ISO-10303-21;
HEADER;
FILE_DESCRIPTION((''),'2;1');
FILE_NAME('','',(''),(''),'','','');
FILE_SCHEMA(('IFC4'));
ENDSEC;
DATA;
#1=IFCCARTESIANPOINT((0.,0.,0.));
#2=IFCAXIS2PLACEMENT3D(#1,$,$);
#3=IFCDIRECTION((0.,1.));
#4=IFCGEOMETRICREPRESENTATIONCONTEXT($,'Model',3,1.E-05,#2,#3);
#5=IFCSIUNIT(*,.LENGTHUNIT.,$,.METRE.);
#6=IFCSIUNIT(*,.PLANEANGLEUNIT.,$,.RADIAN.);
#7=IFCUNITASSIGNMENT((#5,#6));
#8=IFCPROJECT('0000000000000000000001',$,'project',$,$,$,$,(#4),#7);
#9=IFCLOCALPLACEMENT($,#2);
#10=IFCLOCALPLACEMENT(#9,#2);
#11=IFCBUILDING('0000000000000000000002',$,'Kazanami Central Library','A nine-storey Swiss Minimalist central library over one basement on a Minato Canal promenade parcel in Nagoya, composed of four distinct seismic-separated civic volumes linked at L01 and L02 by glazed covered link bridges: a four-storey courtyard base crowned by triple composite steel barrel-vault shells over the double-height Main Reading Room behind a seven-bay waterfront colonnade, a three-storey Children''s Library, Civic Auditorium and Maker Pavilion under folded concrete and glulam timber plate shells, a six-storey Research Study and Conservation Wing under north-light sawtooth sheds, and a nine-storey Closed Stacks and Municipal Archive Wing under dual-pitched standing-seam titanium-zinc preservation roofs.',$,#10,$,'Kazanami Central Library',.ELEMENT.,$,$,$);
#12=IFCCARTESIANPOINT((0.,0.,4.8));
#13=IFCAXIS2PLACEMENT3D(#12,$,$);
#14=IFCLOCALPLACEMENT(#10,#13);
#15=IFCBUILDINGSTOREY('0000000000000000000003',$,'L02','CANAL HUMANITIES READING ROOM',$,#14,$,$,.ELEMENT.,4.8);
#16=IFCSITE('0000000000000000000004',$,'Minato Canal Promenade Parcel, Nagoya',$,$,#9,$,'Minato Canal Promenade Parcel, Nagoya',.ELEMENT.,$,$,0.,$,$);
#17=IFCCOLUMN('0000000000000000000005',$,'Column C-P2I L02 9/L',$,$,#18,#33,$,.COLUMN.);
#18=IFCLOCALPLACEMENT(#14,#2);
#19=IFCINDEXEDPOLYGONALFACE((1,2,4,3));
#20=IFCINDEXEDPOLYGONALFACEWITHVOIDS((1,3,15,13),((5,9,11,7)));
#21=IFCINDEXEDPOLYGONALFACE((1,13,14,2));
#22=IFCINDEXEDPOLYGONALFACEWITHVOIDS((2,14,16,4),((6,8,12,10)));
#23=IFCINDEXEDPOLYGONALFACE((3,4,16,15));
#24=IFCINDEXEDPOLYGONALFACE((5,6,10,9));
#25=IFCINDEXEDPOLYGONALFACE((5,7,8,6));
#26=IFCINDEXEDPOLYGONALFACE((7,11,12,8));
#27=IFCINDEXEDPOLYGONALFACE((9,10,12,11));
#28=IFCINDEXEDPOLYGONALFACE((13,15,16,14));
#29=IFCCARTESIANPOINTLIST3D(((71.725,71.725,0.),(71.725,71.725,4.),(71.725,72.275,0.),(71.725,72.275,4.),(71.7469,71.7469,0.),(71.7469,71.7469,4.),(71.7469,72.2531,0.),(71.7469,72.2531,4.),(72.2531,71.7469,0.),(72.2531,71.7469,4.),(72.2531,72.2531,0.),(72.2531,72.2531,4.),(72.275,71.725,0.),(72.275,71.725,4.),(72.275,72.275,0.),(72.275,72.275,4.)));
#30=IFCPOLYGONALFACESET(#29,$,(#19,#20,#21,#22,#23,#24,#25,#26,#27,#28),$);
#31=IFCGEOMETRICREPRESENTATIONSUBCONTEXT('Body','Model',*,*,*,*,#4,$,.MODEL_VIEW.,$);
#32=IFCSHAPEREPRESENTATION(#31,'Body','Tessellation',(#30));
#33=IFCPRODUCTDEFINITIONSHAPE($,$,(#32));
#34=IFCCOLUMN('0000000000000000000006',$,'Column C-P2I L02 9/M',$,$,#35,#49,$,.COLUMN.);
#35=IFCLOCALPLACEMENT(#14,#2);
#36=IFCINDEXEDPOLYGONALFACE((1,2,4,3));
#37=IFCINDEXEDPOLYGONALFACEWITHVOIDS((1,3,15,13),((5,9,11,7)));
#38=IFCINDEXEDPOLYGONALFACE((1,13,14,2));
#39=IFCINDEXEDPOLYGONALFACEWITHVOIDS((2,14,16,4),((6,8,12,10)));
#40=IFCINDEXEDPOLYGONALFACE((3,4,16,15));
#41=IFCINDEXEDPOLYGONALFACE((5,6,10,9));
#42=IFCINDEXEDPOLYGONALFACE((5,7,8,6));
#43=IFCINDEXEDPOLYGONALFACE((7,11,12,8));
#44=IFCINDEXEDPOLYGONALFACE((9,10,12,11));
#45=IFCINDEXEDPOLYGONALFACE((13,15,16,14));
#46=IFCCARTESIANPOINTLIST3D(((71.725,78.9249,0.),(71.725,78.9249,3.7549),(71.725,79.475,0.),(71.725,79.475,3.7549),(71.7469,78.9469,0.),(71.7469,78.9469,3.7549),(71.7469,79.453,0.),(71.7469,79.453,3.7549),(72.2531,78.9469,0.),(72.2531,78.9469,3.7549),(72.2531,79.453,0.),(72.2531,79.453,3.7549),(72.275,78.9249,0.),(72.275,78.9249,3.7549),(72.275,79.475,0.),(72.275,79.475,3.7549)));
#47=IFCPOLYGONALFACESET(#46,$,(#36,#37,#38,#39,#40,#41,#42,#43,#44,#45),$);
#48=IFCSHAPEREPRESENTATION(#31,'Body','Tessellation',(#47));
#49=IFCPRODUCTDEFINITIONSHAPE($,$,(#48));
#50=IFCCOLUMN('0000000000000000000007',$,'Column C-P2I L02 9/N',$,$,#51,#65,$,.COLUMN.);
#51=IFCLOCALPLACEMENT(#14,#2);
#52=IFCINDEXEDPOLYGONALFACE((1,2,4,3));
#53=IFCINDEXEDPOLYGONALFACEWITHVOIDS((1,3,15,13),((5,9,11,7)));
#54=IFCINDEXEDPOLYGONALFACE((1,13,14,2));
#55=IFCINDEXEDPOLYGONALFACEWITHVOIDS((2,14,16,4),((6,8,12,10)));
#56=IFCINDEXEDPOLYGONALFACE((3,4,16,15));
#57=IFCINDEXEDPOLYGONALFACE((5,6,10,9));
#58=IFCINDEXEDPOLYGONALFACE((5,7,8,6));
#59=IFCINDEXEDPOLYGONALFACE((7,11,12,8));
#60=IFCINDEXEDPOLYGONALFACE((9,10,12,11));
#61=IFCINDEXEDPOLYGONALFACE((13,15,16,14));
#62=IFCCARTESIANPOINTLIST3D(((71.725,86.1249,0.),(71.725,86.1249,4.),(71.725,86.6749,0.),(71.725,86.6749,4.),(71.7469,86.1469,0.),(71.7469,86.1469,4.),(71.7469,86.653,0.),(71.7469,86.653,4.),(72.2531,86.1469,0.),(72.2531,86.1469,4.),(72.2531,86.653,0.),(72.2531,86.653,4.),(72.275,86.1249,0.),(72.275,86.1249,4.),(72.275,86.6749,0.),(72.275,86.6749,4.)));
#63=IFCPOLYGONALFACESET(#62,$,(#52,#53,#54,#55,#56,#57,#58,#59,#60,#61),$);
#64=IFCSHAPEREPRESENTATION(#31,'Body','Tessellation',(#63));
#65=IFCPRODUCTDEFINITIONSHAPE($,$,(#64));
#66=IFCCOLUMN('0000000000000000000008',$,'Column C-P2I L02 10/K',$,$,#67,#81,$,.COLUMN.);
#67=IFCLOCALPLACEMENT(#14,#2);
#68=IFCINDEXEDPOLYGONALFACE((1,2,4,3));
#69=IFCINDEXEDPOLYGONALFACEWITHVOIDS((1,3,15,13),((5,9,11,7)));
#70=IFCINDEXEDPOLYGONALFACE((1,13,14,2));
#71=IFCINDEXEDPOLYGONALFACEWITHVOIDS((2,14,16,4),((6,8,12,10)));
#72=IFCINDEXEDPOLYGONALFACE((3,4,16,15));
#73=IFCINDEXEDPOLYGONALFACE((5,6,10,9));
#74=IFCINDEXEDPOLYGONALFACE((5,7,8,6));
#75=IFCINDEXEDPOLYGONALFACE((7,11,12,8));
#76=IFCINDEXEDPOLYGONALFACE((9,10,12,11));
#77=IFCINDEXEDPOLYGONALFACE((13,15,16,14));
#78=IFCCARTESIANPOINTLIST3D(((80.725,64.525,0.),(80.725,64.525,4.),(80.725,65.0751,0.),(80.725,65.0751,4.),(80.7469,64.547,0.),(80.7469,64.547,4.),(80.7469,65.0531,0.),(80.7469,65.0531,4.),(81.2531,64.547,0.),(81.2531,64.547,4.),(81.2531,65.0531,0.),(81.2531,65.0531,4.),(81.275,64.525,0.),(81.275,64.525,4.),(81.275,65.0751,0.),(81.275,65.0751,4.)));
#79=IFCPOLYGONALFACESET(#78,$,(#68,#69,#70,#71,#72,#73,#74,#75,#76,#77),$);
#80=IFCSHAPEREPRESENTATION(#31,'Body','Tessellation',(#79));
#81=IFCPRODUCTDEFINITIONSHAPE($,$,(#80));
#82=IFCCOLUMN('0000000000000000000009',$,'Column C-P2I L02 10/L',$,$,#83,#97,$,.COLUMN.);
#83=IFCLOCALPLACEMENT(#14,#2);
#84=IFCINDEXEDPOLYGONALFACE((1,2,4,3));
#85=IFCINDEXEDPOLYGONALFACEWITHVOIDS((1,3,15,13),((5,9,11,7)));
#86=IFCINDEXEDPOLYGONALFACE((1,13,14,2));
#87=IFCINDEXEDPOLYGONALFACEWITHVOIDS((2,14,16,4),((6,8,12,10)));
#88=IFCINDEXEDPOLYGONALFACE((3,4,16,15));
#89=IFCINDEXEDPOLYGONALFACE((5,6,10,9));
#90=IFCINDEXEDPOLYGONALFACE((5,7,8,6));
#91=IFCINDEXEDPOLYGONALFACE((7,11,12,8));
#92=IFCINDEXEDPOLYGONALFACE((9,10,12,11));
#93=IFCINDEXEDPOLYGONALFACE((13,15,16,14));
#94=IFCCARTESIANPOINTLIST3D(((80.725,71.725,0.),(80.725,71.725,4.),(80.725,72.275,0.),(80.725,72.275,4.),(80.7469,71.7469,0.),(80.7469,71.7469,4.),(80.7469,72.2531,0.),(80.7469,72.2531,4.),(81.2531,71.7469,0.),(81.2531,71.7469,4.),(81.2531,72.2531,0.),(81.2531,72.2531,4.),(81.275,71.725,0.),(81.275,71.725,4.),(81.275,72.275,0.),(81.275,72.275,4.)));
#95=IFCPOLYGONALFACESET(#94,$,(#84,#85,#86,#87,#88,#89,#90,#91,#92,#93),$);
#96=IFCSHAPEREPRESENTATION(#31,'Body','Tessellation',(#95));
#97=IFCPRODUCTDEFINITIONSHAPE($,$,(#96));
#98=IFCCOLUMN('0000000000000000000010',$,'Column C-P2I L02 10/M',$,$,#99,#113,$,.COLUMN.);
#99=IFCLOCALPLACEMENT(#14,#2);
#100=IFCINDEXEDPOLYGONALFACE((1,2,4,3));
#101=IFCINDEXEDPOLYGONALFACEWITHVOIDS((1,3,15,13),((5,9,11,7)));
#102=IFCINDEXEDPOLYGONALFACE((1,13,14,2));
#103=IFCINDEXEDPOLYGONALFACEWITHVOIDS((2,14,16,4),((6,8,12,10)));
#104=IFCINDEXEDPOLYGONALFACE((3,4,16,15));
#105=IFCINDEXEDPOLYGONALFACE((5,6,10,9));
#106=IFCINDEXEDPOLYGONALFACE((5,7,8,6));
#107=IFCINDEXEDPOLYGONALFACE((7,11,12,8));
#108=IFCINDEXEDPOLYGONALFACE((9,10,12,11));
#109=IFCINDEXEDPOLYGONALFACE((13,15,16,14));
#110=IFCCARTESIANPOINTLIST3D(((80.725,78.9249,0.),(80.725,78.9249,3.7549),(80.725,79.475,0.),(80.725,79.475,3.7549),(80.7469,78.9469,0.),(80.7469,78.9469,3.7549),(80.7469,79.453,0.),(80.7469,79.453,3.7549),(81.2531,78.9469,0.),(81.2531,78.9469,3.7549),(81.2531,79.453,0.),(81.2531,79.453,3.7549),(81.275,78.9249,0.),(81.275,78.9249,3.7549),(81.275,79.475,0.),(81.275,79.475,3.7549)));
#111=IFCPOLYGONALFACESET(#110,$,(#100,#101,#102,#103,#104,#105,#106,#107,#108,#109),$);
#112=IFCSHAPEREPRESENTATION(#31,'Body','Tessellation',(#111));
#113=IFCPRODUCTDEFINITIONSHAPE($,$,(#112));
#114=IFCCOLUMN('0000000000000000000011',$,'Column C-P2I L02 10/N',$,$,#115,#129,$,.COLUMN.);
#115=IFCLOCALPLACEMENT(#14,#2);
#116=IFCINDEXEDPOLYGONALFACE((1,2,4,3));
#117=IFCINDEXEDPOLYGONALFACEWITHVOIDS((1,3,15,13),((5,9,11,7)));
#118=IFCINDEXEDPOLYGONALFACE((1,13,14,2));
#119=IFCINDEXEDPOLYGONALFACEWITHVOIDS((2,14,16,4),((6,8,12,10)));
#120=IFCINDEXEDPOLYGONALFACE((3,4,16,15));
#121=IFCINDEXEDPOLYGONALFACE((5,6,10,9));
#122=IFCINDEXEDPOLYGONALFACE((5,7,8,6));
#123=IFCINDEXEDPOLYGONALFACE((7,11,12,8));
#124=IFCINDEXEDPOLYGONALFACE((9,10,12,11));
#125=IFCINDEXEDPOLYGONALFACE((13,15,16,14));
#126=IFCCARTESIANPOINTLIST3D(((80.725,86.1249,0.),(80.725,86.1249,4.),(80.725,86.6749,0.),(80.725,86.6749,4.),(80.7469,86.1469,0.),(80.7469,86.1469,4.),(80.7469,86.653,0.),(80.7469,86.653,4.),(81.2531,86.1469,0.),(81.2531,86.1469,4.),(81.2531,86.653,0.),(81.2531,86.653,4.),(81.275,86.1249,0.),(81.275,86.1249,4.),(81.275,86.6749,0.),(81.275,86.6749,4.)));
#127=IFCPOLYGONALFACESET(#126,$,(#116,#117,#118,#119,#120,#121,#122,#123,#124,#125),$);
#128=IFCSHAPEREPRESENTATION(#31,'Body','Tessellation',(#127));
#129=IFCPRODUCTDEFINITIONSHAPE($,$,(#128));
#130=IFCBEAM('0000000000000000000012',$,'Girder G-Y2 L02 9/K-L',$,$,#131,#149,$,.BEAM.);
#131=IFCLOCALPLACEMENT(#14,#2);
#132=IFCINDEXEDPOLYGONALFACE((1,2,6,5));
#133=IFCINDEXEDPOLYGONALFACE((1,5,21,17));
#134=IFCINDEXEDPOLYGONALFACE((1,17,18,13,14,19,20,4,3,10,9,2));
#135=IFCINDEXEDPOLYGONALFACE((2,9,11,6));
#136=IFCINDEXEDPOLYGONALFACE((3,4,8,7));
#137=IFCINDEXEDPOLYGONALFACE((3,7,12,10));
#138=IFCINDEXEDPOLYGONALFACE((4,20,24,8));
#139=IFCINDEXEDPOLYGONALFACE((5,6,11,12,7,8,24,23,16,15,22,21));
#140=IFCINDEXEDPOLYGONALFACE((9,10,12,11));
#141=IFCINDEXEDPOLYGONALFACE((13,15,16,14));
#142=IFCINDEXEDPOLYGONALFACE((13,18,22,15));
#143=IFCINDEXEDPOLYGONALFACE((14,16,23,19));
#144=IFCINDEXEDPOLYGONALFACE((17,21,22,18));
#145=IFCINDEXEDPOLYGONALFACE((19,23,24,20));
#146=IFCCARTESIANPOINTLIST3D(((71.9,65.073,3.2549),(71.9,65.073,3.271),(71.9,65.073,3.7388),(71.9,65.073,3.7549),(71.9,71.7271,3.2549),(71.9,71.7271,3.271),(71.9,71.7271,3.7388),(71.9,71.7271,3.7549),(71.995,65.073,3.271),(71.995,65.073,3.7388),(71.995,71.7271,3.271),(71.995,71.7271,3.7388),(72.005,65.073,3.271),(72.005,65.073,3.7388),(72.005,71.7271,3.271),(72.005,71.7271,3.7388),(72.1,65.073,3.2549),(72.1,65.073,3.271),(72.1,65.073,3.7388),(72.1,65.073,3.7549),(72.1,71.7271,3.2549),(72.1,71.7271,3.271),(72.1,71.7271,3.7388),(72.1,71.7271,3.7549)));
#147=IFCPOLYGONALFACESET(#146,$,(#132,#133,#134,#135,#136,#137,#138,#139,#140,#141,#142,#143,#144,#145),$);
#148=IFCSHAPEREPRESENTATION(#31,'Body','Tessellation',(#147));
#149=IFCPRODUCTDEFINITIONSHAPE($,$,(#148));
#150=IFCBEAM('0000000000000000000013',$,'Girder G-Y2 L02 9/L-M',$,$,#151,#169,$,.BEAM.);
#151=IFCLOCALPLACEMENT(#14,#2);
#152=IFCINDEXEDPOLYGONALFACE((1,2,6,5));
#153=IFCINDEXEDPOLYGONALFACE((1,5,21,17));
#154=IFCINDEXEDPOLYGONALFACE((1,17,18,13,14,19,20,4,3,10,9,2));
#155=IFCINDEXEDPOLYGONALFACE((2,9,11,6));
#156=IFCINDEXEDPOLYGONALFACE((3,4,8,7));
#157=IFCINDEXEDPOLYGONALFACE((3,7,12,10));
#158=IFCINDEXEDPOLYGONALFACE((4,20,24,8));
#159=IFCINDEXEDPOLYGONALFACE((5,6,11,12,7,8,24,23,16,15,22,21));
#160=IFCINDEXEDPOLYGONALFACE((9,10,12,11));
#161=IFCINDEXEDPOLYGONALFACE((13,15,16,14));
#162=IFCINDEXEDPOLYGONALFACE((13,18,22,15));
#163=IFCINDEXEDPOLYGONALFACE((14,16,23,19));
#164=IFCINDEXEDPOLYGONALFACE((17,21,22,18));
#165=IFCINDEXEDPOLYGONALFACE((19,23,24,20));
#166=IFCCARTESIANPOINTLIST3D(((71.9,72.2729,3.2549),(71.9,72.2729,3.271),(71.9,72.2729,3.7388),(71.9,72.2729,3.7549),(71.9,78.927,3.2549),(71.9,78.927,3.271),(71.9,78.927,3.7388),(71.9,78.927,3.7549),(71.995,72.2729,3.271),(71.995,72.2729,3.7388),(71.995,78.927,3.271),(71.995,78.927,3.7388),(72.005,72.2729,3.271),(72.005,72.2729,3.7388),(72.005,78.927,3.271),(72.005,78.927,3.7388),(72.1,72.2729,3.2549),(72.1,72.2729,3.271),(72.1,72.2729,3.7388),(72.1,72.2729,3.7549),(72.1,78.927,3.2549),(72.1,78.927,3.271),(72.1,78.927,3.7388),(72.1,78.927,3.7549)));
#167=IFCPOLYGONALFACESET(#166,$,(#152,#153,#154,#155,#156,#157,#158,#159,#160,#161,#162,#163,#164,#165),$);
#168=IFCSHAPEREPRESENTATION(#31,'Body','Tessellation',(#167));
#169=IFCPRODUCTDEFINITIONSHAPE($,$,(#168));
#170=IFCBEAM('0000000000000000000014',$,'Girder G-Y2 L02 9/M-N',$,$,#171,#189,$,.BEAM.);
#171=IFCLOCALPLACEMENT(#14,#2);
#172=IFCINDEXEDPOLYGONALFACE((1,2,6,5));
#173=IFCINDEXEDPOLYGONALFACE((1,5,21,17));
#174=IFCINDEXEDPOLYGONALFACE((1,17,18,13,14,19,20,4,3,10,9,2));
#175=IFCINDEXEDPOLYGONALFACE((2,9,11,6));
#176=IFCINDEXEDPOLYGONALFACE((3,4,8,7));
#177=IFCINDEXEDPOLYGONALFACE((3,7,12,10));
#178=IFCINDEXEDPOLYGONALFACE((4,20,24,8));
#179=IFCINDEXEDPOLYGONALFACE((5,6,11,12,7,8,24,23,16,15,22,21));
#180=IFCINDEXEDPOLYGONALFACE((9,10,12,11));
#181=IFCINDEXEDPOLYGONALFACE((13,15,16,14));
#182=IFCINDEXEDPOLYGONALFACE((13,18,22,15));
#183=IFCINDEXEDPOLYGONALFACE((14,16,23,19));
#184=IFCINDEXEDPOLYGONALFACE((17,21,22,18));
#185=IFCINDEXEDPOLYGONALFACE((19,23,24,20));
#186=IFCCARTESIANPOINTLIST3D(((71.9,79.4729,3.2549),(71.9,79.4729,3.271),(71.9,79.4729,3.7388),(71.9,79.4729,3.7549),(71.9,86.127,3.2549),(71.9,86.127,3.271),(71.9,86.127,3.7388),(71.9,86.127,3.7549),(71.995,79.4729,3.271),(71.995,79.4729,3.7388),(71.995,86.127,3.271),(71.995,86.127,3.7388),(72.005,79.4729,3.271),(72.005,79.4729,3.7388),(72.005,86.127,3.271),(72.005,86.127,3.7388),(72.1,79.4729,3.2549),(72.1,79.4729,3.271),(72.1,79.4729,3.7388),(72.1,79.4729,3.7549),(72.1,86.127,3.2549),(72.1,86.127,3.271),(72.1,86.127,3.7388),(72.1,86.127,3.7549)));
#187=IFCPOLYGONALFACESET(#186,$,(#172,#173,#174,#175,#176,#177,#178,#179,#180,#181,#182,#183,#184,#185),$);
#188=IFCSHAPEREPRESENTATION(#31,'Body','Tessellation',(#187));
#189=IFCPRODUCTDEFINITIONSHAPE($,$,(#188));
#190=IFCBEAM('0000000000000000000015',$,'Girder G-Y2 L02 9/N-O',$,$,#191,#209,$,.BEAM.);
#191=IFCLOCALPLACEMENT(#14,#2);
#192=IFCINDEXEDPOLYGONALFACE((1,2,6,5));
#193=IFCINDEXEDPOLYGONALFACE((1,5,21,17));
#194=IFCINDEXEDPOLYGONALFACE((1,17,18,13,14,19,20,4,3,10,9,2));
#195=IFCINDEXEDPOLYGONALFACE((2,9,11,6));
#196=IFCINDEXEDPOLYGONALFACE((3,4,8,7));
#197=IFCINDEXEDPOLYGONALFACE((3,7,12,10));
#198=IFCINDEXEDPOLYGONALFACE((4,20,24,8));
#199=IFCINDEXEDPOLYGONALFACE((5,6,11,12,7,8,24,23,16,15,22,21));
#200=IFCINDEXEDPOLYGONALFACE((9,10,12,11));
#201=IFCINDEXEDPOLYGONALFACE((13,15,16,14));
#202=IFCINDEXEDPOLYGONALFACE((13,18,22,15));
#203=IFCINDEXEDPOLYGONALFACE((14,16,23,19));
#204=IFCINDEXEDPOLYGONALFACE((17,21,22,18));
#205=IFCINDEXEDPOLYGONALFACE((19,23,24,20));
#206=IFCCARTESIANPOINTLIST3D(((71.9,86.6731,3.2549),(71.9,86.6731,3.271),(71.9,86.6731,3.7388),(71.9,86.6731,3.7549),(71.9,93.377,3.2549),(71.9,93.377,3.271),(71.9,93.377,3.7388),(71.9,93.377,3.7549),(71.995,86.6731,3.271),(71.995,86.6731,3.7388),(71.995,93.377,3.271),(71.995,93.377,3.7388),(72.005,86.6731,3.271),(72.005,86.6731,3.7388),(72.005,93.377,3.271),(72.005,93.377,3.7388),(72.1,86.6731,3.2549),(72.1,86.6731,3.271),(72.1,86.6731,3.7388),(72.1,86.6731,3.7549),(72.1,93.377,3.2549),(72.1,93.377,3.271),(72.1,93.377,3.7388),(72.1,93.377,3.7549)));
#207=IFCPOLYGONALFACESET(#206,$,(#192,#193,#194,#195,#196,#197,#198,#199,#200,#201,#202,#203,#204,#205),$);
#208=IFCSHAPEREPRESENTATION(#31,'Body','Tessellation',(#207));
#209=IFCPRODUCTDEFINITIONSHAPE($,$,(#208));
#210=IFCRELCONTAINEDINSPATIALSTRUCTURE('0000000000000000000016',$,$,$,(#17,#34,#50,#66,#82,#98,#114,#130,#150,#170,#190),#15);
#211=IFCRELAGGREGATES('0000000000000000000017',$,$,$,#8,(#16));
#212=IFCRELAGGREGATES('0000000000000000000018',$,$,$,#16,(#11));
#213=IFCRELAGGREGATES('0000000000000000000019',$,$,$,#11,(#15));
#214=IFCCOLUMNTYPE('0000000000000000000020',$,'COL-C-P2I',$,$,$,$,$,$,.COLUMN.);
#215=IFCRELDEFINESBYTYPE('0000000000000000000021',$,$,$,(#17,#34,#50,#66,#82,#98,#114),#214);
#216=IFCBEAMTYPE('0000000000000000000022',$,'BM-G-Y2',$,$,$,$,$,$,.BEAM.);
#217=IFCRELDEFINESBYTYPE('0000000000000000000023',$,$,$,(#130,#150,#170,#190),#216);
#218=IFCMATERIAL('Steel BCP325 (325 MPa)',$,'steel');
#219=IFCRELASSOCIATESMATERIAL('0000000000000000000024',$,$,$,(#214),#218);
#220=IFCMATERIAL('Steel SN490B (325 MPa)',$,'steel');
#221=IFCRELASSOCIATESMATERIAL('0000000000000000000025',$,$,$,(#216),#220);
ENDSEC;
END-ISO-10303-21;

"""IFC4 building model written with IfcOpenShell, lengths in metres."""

from ifc_helpers import new_model, si_unit, direction, frame, origin, origin_2d, place, context, subcontext, project, spatial, hollow_rectangle, i_section, extrude, material, material_profile, profile_set, type_object, element, save


model = new_model("IFC4")

# Units and contexts
model_context = context("Model", 3, precision=1e-05, world=origin(), true_north=direction((0.0, 1.0)))
body_context = subcontext(model_context, "Body", "Model", "MODEL_VIEW")
ifc_project = project(units=[si_unit("LENGTHUNIT", "METRE"), si_unit("PLANEANGLEUNIT", "RADIAN")], contexts=[model_context])

# Site, building, storey
site_placement = place(None, origin())
site = spatial("IfcSite", under=ifc_project, at=site_placement, Name="Minato Canal Promenade Parcel, Nagoya", LongName="Minato Canal Promenade Parcel, Nagoya", CompositionType="ELEMENT", RefElevation=0.0)
building_placement = place(site_placement, origin())
building = spatial("IfcBuilding", under=site, at=building_placement, Name="Kazanami Central Library", Description="A nine-storey Swiss Minimalist central library over one basement on a Minato Canal promenade parcel in Nagoya, composed of four distinct seismic-separated civic volumes linked at L01 and L02 by glazed covered link bridges: a four-storey courtyard base crowned by triple composite steel barrel-vault shells over the double-height Main Reading Room behind a seven-bay waterfront colonnade, a three-storey Children's Library, Civic Auditorium and Maker Pavilion under folded concrete and glulam timber plate shells, a six-storey Research Study and Conservation Wing under north-light sawtooth sheds, and a nine-storey Closed Stacks and Municipal Archive Wing under dual-pitched standing-seam titanium-zinc preservation roofs.", LongName="Kazanami Central Library", CompositionType="ELEMENT")
storey_placement = place(building_placement, frame((0.0, 0.0, 4.8)))
storey = spatial("IfcBuildingStorey", under=building, at=storey_placement, Name="L02", Description="CANAL HUMANITIES READING ROOM", CompositionType="ELEMENT", Elevation=4.8)

# Columns
ifc_material_1 = material(Name="Steel BCP325 (325 MPa)", Category="steel")
ifc_material_profile_1 = material_profile(ifc_material_1, hollow_rectangle(XDim=0.55, YDim=0.55, WallThickness=0.022, at=origin_2d()), Name="BCP-550x550x22")
ifc_profile_set_1 = profile_set([ifc_material_profile_1], Name="Steel BCP325 (325 MPa)")
column_type = type_object("IfcColumnType", Name="COL-C-P2I", PredefinedType="COLUMN", material=ifc_profile_set_1)
column_1_placement = place(storey_placement, frame((72.0, 72.0, 0.0), z_axis=(0.0, 0.0, 1.0), x_axis=(1.0, 0.0, 0.0)))
element("IfcColumn", 1, at=column_1_placement, inside=storey, type_object=column_type, Name="Column C-P2I L02 9/L", PredefinedType="COLUMN", context=body_context, shape_type="SweptSolid", body=[
    extrude(hollow_rectangle(XDim=0.55, YDim=0.55, WallThickness=0.022, at=origin_2d()), origin(), (0.0, 0.0, 1.0), 4.0),
])
column_2_placement = place(storey_placement, frame((72.0, 79.2, 0.0), z_axis=(0.0, 0.0, 1.0), x_axis=(1.0, 0.0, 0.0)))
element("IfcColumn", 2, at=column_2_placement, inside=storey, type_object=column_type, Name="Column C-P2I L02 9/M", PredefinedType="COLUMN", context=body_context, shape_type="SweptSolid", body=[
    extrude(hollow_rectangle(XDim=0.55, YDim=0.55, WallThickness=0.022, at=origin_2d()), origin(), (0.0, 0.0, 1.0), 3.7549),
])
for number, where, z_axis, x_axis, name in (
    (3, (72.0, 86.3999, 0.0), (0.0, 0.0, 1.0), (1.0, 0.0, 0.0), "Column C-P2I L02 9/N"),
    (4, (81.0, 64.8, 0.0), (0.0, 0.0, 1.0), (1.0, 0.0, 0.0), "Column C-P2I L02 10/K"),
    (5, (81.0, 72.0, 0.0), (0.0, 0.0, 1.0), (1.0, 0.0, 0.0), "Column C-P2I L02 10/L"),
):
    element("IfcColumn", number, at=place(storey_placement, frame(where, z_axis=z_axis, x_axis=x_axis)), inside=storey, type_object=column_type, Name=name, PredefinedType="COLUMN", context=body_context, shape_type="SweptSolid", body=[
        extrude(hollow_rectangle(XDim=0.55, YDim=0.55, WallThickness=0.022, at=origin_2d()), origin(), (0.0, 0.0, 1.0), 4.0),
    ])
column_3_placement = place(storey_placement, frame((81.0, 79.2, 0.0), z_axis=(0.0, 0.0, 1.0), x_axis=(1.0, 0.0, 0.0)))
element("IfcColumn", 6, at=column_3_placement, inside=storey, type_object=column_type, Name="Column C-P2I L02 10/M", PredefinedType="COLUMN", context=body_context, shape_type="SweptSolid", body=[
    extrude(hollow_rectangle(XDim=0.55, YDim=0.55, WallThickness=0.022, at=origin_2d()), origin(), (0.0, 0.0, 1.0), 3.7549),
])
column_4_placement = place(storey_placement, frame((81.0, 86.3999, 0.0), z_axis=(0.0, 0.0, 1.0), x_axis=(1.0, 0.0, 0.0)))
element("IfcColumn", 7, at=column_4_placement, inside=storey, type_object=column_type, Name="Column C-P2I L02 10/N", PredefinedType="COLUMN", context=body_context, shape_type="SweptSolid", body=[
    extrude(hollow_rectangle(XDim=0.55, YDim=0.55, WallThickness=0.022, at=origin_2d()), origin(), (0.0, 0.0, 1.0), 4.0),
])

# Beams
ifc_material_2 = material(Name="Steel SN490B (325 MPa)", Category="steel")
ifc_material_profile_2 = material_profile(ifc_material_2, i_section(OverallWidth=0.2, OverallDepth=0.5, WebThickness=0.01, FlangeThickness=0.0161, at=origin_2d()), Name="H-500x200x10x16")
ifc_profile_set_2 = profile_set([ifc_material_profile_2], Name="Steel SN490B (325 MPa)")
beam_type_1 = type_object("IfcBeamType", Name="BM-G-Y2", PredefinedType="BEAM", material=ifc_profile_set_2)
for number, where, z_axis, x_axis, name in (
    (8, (72.0, 65.073, 3.5049), (0.0, 1.0, 0.0), (-1.0, 0.0, 0.0), "Girder G-Y2 L02 9/K-L"),
    (9, (72.0, 72.2729, 3.5049), (0.0, 1.0, 0.0), (-1.0, 0.0, 0.0), "Girder G-Y2 L02 9/L-M"),
    (10, (72.0, 79.4729, 3.5049), (0.0, 1.0, 0.0), (-1.0, 0.0, 0.0), "Girder G-Y2 L02 9/M-N"),
):
    element("IfcBeam", number, at=place(storey_placement, frame(where, z_axis=z_axis, x_axis=x_axis)), inside=storey, type_object=beam_type_1, Name=name, PredefinedType="BEAM", context=body_context, shape_type="SweptSolid", body=[
        extrude(i_section(OverallWidth=0.2, OverallDepth=0.5, WebThickness=0.01, FlangeThickness=0.0161, at=origin_2d()), origin(), (0.0, 0.0, 1.0), 6.6541),
    ])
beam_1_placement = place(storey_placement, frame((72.0, 86.6731, 3.5049), z_axis=(0.0, 1.0, 0.0), x_axis=(-1.0, 0.0, 0.0)))
element("IfcBeam", 11, at=beam_1_placement, inside=storey, type_object=beam_type_1, Name="Girder G-Y2 L02 9/N-O", PredefinedType="BEAM", context=body_context, shape_type="SweptSolid", body=[
    extrude(i_section(OverallWidth=0.2, OverallDepth=0.5, WebThickness=0.01, FlangeThickness=0.0161, at=origin_2d()), origin(), (0.0, 0.0, 1.0), 6.7039),
])

save(model, "model.ifc")
